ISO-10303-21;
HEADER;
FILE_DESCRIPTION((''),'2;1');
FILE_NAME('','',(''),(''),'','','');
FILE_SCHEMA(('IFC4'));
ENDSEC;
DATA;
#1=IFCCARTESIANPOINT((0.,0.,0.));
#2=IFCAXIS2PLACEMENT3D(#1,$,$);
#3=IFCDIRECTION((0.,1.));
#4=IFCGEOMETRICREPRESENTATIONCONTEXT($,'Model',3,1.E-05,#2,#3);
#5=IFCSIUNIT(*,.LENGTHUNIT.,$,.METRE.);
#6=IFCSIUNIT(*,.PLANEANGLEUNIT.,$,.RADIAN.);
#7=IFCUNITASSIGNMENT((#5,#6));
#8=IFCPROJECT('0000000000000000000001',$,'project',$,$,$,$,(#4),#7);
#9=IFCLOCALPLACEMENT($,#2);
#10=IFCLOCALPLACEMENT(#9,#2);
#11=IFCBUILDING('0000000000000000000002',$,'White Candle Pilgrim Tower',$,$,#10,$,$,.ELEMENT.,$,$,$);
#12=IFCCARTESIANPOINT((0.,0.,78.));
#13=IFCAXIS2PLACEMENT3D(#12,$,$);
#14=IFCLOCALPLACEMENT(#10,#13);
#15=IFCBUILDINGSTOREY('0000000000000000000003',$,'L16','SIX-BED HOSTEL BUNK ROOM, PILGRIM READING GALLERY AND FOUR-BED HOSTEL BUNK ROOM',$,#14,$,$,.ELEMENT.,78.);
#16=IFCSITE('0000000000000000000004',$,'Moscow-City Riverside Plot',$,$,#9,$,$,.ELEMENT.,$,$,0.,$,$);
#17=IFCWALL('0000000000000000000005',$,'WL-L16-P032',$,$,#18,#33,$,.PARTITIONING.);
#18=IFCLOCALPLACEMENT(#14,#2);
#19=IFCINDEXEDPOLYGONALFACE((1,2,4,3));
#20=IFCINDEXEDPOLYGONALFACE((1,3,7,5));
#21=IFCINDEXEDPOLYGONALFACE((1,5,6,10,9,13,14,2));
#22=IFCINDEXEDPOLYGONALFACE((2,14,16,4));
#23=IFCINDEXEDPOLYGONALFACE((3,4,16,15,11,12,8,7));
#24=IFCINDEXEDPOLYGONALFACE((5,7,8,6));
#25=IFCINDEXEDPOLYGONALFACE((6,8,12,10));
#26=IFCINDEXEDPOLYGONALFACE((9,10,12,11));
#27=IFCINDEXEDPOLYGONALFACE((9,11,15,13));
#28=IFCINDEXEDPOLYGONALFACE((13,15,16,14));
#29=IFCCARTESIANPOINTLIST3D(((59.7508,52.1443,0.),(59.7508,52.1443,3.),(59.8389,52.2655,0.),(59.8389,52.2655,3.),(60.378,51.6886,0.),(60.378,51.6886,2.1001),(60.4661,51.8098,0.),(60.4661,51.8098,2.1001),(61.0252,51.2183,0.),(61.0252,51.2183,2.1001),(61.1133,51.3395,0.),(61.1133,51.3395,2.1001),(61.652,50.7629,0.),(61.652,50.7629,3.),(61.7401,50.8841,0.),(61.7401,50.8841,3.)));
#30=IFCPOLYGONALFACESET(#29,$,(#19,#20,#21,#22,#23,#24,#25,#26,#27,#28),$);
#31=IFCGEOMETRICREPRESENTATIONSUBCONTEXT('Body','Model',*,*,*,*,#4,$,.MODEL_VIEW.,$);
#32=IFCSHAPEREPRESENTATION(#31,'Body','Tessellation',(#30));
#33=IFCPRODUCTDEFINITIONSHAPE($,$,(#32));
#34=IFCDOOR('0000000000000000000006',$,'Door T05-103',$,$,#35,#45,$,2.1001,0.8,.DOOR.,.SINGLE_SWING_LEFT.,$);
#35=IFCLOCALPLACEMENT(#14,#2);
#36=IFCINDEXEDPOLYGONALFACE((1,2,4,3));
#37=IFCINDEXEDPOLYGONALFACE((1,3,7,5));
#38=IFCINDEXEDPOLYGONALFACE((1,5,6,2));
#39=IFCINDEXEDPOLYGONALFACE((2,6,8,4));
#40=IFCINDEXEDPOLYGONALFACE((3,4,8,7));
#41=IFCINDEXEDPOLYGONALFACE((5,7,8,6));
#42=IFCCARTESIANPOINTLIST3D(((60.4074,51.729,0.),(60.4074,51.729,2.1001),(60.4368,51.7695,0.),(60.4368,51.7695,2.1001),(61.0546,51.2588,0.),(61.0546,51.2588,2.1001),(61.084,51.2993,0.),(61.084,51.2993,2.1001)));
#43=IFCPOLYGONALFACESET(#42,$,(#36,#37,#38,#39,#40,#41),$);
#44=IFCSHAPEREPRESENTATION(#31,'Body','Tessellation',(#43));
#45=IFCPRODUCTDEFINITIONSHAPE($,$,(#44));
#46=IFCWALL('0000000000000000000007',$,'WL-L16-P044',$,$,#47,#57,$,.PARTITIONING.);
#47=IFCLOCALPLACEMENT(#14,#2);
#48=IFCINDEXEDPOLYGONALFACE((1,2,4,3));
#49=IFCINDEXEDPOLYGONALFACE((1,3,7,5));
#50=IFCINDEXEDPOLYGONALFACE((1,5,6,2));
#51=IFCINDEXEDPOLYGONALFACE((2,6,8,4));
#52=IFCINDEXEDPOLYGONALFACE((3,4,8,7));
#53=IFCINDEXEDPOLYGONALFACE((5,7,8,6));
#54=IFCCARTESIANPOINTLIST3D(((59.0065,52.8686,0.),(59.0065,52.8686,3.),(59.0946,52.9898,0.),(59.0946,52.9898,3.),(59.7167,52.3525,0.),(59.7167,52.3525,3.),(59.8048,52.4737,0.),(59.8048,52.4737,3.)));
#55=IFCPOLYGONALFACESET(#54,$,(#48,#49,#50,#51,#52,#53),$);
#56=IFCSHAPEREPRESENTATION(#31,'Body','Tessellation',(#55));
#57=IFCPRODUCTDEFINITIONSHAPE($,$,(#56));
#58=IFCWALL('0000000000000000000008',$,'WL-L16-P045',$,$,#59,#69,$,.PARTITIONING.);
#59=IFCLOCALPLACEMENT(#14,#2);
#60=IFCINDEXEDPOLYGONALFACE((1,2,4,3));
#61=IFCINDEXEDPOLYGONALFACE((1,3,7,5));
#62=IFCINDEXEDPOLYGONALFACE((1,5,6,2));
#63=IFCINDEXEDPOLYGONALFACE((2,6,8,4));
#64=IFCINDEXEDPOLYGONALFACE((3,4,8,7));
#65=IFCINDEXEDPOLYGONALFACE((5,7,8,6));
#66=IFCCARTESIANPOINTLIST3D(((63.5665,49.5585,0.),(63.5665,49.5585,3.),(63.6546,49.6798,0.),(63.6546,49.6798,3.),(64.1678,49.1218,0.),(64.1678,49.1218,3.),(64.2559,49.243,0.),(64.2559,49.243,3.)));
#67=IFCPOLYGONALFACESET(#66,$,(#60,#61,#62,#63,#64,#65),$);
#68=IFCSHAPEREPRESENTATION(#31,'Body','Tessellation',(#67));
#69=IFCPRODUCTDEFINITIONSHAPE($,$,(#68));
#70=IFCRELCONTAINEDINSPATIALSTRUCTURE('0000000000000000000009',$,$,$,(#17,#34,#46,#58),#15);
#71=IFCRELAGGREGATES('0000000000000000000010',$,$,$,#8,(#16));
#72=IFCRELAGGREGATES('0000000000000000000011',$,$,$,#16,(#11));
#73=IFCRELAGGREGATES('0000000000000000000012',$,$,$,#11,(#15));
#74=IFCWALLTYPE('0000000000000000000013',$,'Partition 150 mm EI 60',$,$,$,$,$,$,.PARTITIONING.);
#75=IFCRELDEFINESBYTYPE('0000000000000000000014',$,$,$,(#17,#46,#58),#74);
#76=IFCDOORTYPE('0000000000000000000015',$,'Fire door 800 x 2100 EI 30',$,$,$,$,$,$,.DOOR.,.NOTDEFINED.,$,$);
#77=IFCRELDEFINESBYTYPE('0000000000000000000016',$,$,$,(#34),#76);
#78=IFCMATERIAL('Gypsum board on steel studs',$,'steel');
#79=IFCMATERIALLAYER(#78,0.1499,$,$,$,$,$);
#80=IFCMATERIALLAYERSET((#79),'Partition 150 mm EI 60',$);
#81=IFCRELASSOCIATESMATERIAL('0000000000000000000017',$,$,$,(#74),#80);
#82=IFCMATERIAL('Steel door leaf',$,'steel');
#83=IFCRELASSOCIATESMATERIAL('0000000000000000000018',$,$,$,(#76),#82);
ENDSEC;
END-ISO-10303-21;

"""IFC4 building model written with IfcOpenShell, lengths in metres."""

from ifc_helpers import new_model, si_unit, direction, frame, frame_2d, origin, place, context, subcontext, project, spatial, rectangle, extrude, material, layer, layer_set, type_object, element, fill, save


model = new_model("IFC4")

# Units and contexts
model_context = context("Model", 3, precision=1e-05, world=origin(), true_north=direction((0.0, 1.0)))
body_context = subcontext(model_context, "Body", "Model", "MODEL_VIEW")
ifc_project = project(units=[si_unit("LENGTHUNIT", "METRE"), si_unit("PLANEANGLEUNIT", "RADIAN")], contexts=[model_context])

# Site, building, storey
site_placement = place(None, origin())
site = spatial("IfcSite", under=ifc_project, at=site_placement, Name="Moscow-City Riverside Plot", CompositionType="ELEMENT", RefElevation=0.0)
building_placement = place(site_placement, origin())
building = spatial("IfcBuilding", under=site, at=building_placement, Name="White Candle Pilgrim Tower", CompositionType="ELEMENT")
storey_placement = place(building_placement, frame((0.0, 0.0, 78.0)))
storey = spatial("IfcBuildingStorey", under=building, at=storey_placement, Name="L16", Description="SIX-BED HOSTEL BUNK ROOM, PILGRIM READING GALLERY AND FOUR-BED HOSTEL BUNK ROOM", CompositionType="ELEMENT", Elevation=78.0)

# Shared definitions
ifc_material_1 = material(Name="Gypsum board on steel studs", Category="steel")
ifc_layer_1 = layer(ifc_material_1, 0.1499)
ifc_layer_set_1 = layer_set([ifc_layer_1], Name="Partition 150 mm EI 60")
wall_type_1 = type_object("IfcWallType", Name="Partition 150 mm EI 60", PredefinedType="PARTITIONING", material=ifc_layer_set_1)

# Wall, opening, door
wall_1_placement = place(storey_placement, frame((61.696, 50.8235, 0.0), z_axis=(0.0, 0.0, 1.0), x_axis=(-0.808997, 0.587813, 0.0)))
wall_1 = element("IfcWall", 1, at=wall_1_placement, inside=storey, type_object=wall_type_1, Name="WL-L16-P032", PredefinedType="PARTITIONING", context=body_context, shape_type="SweptSolid", body=[
    extrude(rectangle(XDim=2.3501, YDim=0.1499, at=frame_2d((1.175, 0.0))), origin(), (0.0, 0.0, 1.0), 3.0),
])
opening_1_placement = place(wall_1_placement, frame((0.7749, 0.0, 0.0)))
opening_1 = element("IfcOpeningElement", 2, at=opening_1_placement, cuts=wall_1, PredefinedType="OPENING", context=body_context, shape_type="SweptSolid", body=[
    extrude(rectangle(XDim=0.8, YDim=2.1001, at=frame_2d((0.3999, 1.05))), frame((0.0, 0.085, 0.0), z_axis=(0.0, -1.0, 0.0), x_axis=(1.0, 0.0, 0.0)), (0.0, 0.0, 1.0), 0.1699),
])
ifc_material_2 = material(Name="Steel door leaf", Category="steel")
door_type = type_object("IfcDoorType", Name="Fire door 800 x 2100 EI 30", OperationType="NOTDEFINED", PredefinedType="DOOR", material=ifc_material_2)
door_placement = place(opening_1_placement, origin())
door = element("IfcDoor", 3, at=door_placement, inside=storey, type_object=door_type, Name="Door T05-103", OperationType="SINGLE_SWING_LEFT", OverallHeight=2.1001, OverallWidth=0.8, PredefinedType="DOOR", context=body_context, shape_type="SweptSolid", body=[
    extrude(rectangle(XDim=0.8, YDim=2.1001, at=frame_2d((0.3999, 1.05))), frame((0.0, 0.0249, 0.0), z_axis=(0.0, -1.0, 0.0), x_axis=(1.0, 0.0, 0.0)), (0.0, 0.0, 1.0), 0.05),
])
fill(opening_1, door)

# Walls
wall_2_placement = place(storey_placement, frame((59.0505, 52.9292, 0.0), z_axis=(0.0, 0.0, 1.0), x_axis=(0.808952, -0.587874, 0.0)))
element("IfcWall", 4, at=wall_2_placement, inside=storey, type_object=wall_type_1, Name="WL-L16-P044", PredefinedType="PARTITIONING", context=body_context, shape_type="SweptSolid", body=[
    extrude(rectangle(XDim=0.8779, YDim=0.1499, at=frame_2d((0.439, 0.0))), origin(), (0.0, 0.0, 1.0), 3.0),
])
wall_3_placement = place(storey_placement, frame((63.6106, 49.6191, 0.0), z_axis=(0.0, 0.0, 1.0), x_axis=(0.809091, -0.587683, 0.0)))
element("IfcWall", 5, at=wall_3_placement, inside=storey, type_object=wall_type_1, Name="WL-L16-P045", PredefinedType="PARTITIONING", context=body_context, shape_type="SweptSolid", body=[
    extrude(rectangle(XDim=0.7432, YDim=0.1499, at=frame_2d((0.3716, 0.0))), origin(), (0.0, 0.0, 1.0), 3.0),
])

save(model, "model.ifc")
